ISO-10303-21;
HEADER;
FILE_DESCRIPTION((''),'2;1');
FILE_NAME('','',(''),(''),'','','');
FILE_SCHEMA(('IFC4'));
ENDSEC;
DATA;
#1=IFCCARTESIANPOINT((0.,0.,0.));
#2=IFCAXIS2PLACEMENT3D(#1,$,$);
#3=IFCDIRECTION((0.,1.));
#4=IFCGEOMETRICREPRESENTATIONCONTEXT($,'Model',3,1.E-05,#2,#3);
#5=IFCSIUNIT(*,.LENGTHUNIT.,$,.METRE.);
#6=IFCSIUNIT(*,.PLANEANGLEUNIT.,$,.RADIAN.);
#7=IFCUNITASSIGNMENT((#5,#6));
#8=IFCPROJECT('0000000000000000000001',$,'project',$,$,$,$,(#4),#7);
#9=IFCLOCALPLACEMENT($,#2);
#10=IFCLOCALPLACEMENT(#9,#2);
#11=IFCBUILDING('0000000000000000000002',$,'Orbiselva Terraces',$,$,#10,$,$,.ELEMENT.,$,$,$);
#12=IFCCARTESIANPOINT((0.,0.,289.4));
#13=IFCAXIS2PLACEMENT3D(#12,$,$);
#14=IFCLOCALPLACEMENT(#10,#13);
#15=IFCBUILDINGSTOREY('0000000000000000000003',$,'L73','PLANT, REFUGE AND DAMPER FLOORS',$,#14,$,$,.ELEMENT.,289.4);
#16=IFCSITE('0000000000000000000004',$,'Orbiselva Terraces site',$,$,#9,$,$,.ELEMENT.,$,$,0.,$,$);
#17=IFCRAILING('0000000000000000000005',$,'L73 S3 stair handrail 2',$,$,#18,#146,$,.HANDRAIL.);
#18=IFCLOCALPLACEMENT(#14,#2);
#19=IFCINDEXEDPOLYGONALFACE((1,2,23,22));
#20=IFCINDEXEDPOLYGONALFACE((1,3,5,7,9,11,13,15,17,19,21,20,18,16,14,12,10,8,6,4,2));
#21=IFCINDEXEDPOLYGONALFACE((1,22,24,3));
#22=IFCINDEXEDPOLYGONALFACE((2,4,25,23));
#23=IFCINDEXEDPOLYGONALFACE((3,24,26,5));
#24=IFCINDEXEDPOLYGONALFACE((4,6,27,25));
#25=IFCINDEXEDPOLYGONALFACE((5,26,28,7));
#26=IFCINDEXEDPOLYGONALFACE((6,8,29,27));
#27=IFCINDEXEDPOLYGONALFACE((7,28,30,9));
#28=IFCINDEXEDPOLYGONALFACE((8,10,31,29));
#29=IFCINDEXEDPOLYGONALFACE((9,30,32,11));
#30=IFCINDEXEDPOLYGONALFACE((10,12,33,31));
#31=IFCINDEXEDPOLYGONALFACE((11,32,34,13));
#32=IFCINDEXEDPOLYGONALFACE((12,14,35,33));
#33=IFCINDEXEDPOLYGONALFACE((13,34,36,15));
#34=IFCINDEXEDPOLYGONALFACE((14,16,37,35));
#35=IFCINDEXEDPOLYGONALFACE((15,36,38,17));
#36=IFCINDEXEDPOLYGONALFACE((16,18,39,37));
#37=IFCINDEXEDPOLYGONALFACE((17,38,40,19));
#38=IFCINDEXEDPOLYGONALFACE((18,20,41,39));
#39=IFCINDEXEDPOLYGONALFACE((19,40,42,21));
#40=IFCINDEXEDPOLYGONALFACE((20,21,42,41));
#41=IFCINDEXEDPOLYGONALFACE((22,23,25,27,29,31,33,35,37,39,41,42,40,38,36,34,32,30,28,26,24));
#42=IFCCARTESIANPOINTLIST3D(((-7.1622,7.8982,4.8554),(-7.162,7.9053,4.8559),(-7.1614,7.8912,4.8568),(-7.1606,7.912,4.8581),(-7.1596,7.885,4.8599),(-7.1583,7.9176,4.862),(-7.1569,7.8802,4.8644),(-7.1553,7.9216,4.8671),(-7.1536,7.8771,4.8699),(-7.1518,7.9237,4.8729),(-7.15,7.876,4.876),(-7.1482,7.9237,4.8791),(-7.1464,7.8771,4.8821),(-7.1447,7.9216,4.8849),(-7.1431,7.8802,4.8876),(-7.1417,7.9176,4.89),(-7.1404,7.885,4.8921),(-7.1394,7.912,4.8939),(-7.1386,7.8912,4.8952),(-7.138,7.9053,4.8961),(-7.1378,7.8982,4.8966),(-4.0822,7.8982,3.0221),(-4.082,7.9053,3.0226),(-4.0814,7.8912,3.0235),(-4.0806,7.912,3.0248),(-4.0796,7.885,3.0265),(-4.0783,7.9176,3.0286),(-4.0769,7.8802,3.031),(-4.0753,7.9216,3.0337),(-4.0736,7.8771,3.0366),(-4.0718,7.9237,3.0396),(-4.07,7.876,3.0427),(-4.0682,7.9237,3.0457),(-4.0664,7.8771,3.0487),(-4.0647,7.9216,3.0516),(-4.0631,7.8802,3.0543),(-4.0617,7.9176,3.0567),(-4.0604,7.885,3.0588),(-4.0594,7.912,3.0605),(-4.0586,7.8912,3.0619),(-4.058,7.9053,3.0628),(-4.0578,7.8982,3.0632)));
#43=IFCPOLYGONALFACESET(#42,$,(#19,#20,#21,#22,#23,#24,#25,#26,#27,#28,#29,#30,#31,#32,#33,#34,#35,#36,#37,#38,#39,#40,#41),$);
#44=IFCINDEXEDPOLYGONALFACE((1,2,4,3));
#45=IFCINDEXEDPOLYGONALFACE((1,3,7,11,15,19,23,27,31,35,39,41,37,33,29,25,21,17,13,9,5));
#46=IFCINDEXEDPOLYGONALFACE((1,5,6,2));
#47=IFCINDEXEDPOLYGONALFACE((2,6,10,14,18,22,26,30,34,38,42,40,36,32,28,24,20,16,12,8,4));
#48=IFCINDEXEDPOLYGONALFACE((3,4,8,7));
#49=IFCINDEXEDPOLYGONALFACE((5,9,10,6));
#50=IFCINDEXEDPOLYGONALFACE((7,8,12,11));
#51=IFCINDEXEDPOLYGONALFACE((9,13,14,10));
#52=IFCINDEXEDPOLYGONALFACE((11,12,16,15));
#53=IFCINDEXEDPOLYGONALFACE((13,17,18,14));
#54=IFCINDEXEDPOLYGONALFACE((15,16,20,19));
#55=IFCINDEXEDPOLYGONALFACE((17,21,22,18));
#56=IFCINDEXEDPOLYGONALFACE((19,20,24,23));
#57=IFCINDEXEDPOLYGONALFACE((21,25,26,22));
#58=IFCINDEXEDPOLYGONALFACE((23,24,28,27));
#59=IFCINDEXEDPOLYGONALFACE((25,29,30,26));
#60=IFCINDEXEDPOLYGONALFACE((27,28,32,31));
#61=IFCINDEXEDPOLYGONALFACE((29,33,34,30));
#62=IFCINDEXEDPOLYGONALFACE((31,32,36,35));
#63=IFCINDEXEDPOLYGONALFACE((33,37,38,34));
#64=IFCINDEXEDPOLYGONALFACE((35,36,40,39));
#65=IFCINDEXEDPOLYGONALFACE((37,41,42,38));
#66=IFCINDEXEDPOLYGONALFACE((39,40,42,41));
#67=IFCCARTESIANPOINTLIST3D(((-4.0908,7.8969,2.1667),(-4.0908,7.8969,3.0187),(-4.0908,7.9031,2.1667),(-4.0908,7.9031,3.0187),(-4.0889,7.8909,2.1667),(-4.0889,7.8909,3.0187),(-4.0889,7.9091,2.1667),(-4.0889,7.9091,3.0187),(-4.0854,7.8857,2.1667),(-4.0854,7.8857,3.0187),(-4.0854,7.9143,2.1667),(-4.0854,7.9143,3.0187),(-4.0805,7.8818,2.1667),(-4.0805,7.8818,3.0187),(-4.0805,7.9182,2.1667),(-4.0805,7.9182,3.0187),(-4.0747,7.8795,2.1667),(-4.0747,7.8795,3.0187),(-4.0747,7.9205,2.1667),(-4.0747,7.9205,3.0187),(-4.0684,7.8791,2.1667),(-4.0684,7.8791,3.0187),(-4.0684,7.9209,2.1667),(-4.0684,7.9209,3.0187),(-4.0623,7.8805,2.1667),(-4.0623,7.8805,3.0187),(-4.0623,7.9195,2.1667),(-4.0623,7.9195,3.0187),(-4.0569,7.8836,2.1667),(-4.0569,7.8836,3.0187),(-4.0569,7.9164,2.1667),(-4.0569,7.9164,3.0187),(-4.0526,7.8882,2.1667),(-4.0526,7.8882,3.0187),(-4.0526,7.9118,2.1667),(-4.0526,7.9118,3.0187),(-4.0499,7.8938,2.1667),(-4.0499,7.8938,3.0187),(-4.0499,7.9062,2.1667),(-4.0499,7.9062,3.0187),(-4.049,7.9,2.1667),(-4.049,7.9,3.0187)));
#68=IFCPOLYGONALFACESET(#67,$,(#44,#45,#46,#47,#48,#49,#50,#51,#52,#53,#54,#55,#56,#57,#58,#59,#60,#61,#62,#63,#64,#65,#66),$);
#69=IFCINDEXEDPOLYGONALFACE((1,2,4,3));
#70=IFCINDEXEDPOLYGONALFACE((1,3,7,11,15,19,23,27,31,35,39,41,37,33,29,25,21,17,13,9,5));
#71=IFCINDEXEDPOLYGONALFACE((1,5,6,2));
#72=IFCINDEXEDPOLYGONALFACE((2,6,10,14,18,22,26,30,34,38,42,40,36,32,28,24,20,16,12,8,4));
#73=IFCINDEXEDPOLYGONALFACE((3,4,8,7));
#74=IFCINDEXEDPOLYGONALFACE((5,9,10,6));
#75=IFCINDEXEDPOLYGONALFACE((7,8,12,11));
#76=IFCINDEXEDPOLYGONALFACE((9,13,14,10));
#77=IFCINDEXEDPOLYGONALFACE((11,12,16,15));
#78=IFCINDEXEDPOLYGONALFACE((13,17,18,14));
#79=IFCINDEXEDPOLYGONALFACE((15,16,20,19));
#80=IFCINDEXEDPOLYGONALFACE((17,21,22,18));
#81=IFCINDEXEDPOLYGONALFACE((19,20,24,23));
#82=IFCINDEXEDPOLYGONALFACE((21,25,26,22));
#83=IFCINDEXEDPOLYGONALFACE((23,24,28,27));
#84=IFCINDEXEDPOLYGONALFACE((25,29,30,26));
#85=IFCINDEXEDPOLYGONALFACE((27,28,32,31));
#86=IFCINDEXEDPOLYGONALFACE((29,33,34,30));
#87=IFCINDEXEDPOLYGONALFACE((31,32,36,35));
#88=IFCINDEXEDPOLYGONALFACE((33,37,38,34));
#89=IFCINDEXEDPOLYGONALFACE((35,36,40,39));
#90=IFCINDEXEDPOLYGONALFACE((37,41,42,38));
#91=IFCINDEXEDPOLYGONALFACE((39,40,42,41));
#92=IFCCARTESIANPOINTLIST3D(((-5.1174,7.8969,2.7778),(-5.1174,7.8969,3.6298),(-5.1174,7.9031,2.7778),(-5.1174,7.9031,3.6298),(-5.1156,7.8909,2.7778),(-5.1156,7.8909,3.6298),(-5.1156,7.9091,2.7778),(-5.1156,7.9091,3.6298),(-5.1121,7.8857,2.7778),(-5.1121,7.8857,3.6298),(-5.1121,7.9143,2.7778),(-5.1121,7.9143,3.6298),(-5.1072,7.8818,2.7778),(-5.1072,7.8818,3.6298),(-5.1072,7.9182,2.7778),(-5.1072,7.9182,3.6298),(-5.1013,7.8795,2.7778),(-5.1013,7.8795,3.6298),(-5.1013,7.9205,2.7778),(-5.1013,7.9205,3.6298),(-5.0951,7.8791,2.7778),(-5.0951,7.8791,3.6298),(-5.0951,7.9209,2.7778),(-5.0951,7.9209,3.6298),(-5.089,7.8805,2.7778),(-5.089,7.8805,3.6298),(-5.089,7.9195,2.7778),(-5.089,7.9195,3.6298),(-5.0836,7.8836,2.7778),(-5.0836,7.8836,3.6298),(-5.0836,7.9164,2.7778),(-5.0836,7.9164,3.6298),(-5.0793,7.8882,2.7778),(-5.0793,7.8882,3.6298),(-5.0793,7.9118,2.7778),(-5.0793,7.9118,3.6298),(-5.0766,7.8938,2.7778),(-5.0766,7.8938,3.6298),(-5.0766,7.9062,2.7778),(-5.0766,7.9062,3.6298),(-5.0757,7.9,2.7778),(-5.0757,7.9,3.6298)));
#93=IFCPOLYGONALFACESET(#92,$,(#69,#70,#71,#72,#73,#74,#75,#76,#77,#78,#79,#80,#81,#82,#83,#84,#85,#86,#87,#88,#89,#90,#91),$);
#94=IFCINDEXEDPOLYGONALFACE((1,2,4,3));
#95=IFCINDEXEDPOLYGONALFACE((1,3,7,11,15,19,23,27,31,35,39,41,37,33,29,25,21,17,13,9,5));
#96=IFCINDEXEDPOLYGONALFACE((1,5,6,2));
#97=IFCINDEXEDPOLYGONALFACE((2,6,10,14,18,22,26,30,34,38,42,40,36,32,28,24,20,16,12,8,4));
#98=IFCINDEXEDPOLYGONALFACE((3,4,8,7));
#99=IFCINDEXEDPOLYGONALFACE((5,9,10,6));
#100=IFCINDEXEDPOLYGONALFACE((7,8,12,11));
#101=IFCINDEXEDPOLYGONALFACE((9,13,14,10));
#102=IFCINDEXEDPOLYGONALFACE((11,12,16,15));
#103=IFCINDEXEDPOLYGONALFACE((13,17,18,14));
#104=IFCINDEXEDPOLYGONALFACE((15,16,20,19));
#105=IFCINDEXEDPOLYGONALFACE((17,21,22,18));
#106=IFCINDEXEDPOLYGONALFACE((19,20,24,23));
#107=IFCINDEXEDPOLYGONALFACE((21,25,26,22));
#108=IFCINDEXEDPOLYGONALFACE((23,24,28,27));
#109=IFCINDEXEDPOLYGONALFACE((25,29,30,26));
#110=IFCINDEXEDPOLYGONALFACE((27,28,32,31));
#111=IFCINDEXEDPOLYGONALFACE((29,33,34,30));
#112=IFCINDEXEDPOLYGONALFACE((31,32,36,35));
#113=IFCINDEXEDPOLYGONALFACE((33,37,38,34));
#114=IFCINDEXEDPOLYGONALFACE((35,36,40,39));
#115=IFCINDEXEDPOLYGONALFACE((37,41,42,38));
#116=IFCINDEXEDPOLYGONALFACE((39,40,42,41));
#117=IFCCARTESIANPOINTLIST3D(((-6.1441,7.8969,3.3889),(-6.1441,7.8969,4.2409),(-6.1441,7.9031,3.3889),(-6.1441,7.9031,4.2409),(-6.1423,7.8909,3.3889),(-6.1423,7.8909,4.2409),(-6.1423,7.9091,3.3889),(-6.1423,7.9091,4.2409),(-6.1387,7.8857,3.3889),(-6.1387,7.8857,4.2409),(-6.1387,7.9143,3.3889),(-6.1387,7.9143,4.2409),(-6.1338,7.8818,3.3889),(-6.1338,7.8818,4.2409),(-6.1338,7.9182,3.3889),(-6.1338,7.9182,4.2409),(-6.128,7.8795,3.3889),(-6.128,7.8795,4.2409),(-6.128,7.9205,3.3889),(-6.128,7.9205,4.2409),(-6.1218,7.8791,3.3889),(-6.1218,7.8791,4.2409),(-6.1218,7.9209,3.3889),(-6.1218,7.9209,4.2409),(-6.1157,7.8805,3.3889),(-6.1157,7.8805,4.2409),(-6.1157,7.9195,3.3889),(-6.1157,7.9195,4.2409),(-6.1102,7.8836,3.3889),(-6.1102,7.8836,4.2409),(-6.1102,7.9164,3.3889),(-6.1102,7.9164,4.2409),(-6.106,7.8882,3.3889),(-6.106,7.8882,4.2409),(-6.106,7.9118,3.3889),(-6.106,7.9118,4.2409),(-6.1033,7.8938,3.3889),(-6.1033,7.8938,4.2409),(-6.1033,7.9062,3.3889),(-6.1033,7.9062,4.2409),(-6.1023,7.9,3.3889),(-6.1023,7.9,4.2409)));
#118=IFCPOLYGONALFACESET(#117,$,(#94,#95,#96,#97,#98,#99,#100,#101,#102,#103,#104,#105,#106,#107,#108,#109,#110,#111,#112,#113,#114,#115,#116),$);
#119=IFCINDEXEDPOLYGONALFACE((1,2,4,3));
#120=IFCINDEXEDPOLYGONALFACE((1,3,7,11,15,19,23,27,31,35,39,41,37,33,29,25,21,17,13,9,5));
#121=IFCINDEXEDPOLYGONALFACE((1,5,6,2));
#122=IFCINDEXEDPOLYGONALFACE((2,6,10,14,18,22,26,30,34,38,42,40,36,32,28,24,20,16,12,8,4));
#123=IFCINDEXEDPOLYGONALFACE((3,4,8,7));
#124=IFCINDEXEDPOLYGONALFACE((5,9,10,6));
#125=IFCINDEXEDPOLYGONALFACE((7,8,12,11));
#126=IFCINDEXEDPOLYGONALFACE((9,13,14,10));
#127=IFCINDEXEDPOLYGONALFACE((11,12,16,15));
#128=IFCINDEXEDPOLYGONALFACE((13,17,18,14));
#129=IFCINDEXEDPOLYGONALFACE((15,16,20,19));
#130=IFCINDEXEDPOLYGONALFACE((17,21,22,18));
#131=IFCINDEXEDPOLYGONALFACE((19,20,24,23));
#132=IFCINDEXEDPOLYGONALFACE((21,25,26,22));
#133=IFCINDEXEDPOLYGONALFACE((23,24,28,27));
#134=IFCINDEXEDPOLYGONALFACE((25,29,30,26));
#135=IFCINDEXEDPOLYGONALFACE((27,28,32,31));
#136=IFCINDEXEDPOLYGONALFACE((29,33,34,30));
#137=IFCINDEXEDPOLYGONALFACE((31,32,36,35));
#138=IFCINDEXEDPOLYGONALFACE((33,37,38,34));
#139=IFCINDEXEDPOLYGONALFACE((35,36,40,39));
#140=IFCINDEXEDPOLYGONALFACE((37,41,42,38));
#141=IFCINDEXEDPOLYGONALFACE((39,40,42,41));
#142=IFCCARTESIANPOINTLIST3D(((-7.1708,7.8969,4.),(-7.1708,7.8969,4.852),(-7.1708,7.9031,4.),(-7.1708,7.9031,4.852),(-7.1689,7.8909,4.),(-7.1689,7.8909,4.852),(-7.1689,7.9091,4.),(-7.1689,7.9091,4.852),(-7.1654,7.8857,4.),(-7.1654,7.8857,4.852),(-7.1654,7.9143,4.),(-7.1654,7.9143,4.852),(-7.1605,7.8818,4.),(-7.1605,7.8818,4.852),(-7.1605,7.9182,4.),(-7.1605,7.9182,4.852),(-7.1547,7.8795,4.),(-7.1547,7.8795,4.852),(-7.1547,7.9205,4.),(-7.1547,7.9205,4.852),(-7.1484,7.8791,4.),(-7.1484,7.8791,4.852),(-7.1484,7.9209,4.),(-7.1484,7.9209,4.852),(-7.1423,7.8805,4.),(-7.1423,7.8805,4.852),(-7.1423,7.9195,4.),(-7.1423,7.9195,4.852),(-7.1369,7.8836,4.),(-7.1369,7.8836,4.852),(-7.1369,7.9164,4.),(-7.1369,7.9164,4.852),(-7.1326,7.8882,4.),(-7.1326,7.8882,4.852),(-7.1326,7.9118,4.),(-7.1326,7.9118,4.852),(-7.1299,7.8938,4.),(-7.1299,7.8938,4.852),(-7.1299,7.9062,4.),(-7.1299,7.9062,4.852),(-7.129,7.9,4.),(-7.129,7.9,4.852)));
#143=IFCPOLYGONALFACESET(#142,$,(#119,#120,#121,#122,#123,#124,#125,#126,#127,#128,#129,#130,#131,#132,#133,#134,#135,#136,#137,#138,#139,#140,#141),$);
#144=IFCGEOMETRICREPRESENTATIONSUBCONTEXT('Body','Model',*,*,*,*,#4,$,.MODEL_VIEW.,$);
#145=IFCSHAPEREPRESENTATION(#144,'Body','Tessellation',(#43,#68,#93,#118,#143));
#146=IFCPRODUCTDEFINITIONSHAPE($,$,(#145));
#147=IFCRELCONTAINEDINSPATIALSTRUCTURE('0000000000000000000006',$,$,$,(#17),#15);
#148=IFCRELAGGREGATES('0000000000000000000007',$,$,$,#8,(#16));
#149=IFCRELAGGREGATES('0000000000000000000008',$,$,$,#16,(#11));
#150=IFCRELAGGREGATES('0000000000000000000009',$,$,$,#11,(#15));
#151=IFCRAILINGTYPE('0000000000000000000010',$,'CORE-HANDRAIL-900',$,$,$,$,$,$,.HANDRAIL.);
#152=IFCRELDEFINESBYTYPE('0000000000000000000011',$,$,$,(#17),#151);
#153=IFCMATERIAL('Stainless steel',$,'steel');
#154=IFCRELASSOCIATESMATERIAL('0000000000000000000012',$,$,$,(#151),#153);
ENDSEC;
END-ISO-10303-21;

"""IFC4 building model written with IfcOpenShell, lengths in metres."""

from ifc_helpers import new_model, si_unit, direction, frame, origin, origin_2d, place, context, subcontext, project, spatial, circle, extrude, material, type_object, element, save


model = new_model("IFC4")

# Units and contexts
model_context = context("Model", 3, precision=1e-05, world=origin(), true_north=direction((0.0, 1.0)))
body_context = subcontext(model_context, "Body", "Model", "MODEL_VIEW")
ifc_project = project(units=[si_unit("LENGTHUNIT", "METRE"), si_unit("PLANEANGLEUNIT", "RADIAN")], contexts=[model_context])

# Site, building, storey
site_placement = place(None, origin())
site = spatial("IfcSite", under=ifc_project, at=site_placement, Name="Orbiselva Terraces site", CompositionType="ELEMENT", RefElevation=0.0)
building_placement = place(site_placement, origin())
building = spatial("IfcBuilding", under=site, at=building_placement, Name="Orbiselva Terraces", CompositionType="ELEMENT")
storey_placement = place(building_placement, frame((0.0, 0.0, 289.4)))
storey = spatial("IfcBuildingStorey", under=building, at=storey_placement, Name="L73", Description="PLANT, REFUGE AND DAMPER FLOORS", CompositionType="ELEMENT", Elevation=289.4)

# Railing
ifc_material_1 = material(Name="Stainless steel", Category="steel")
railing_type_1 = type_object("IfcRailingType", Name="CORE-HANDRAIL-900", PredefinedType="HANDRAIL", material=ifc_material_1)
railing_1_placement = place(storey_placement, frame((-4.07, 7.9, 2.1667)))
element("IfcRailing", 1, at=railing_1_placement, inside=storey, type_object=railing_type_1, Name="L73 S3 stair handrail 2", PredefinedType="HANDRAIL", context=body_context, shape_type="SweptSolid", body=[
    extrude(circle(Radius=0.024, at=origin_2d()), frame((0.0, 0.0, 0.876), z_axis=(-0.859293, 0.0, 0.511484), x_axis=(0.0, -1.0, 0.0)), (0.0, 0.0, 1.0), 3.5843),
    extrude(circle(Radius=0.021, at=origin_2d()), origin(), (0.0, 0.0, 1.0), 0.852),
    extrude(circle(Radius=0.021, at=origin_2d()), frame((-1.0267, 0.0, 0.6111)), (0.0, 0.0, 1.0), 0.852),
    extrude(circle(Radius=0.021, at=origin_2d()), frame((-2.0533, 0.0, 1.2222)), (0.0, 0.0, 1.0), 0.852),
    extrude(circle(Radius=0.021, at=origin_2d()), frame((-3.08, 0.0, 1.8333)), (0.0, 0.0, 1.0), 0.852),
])

save(model, "model.ifc")
